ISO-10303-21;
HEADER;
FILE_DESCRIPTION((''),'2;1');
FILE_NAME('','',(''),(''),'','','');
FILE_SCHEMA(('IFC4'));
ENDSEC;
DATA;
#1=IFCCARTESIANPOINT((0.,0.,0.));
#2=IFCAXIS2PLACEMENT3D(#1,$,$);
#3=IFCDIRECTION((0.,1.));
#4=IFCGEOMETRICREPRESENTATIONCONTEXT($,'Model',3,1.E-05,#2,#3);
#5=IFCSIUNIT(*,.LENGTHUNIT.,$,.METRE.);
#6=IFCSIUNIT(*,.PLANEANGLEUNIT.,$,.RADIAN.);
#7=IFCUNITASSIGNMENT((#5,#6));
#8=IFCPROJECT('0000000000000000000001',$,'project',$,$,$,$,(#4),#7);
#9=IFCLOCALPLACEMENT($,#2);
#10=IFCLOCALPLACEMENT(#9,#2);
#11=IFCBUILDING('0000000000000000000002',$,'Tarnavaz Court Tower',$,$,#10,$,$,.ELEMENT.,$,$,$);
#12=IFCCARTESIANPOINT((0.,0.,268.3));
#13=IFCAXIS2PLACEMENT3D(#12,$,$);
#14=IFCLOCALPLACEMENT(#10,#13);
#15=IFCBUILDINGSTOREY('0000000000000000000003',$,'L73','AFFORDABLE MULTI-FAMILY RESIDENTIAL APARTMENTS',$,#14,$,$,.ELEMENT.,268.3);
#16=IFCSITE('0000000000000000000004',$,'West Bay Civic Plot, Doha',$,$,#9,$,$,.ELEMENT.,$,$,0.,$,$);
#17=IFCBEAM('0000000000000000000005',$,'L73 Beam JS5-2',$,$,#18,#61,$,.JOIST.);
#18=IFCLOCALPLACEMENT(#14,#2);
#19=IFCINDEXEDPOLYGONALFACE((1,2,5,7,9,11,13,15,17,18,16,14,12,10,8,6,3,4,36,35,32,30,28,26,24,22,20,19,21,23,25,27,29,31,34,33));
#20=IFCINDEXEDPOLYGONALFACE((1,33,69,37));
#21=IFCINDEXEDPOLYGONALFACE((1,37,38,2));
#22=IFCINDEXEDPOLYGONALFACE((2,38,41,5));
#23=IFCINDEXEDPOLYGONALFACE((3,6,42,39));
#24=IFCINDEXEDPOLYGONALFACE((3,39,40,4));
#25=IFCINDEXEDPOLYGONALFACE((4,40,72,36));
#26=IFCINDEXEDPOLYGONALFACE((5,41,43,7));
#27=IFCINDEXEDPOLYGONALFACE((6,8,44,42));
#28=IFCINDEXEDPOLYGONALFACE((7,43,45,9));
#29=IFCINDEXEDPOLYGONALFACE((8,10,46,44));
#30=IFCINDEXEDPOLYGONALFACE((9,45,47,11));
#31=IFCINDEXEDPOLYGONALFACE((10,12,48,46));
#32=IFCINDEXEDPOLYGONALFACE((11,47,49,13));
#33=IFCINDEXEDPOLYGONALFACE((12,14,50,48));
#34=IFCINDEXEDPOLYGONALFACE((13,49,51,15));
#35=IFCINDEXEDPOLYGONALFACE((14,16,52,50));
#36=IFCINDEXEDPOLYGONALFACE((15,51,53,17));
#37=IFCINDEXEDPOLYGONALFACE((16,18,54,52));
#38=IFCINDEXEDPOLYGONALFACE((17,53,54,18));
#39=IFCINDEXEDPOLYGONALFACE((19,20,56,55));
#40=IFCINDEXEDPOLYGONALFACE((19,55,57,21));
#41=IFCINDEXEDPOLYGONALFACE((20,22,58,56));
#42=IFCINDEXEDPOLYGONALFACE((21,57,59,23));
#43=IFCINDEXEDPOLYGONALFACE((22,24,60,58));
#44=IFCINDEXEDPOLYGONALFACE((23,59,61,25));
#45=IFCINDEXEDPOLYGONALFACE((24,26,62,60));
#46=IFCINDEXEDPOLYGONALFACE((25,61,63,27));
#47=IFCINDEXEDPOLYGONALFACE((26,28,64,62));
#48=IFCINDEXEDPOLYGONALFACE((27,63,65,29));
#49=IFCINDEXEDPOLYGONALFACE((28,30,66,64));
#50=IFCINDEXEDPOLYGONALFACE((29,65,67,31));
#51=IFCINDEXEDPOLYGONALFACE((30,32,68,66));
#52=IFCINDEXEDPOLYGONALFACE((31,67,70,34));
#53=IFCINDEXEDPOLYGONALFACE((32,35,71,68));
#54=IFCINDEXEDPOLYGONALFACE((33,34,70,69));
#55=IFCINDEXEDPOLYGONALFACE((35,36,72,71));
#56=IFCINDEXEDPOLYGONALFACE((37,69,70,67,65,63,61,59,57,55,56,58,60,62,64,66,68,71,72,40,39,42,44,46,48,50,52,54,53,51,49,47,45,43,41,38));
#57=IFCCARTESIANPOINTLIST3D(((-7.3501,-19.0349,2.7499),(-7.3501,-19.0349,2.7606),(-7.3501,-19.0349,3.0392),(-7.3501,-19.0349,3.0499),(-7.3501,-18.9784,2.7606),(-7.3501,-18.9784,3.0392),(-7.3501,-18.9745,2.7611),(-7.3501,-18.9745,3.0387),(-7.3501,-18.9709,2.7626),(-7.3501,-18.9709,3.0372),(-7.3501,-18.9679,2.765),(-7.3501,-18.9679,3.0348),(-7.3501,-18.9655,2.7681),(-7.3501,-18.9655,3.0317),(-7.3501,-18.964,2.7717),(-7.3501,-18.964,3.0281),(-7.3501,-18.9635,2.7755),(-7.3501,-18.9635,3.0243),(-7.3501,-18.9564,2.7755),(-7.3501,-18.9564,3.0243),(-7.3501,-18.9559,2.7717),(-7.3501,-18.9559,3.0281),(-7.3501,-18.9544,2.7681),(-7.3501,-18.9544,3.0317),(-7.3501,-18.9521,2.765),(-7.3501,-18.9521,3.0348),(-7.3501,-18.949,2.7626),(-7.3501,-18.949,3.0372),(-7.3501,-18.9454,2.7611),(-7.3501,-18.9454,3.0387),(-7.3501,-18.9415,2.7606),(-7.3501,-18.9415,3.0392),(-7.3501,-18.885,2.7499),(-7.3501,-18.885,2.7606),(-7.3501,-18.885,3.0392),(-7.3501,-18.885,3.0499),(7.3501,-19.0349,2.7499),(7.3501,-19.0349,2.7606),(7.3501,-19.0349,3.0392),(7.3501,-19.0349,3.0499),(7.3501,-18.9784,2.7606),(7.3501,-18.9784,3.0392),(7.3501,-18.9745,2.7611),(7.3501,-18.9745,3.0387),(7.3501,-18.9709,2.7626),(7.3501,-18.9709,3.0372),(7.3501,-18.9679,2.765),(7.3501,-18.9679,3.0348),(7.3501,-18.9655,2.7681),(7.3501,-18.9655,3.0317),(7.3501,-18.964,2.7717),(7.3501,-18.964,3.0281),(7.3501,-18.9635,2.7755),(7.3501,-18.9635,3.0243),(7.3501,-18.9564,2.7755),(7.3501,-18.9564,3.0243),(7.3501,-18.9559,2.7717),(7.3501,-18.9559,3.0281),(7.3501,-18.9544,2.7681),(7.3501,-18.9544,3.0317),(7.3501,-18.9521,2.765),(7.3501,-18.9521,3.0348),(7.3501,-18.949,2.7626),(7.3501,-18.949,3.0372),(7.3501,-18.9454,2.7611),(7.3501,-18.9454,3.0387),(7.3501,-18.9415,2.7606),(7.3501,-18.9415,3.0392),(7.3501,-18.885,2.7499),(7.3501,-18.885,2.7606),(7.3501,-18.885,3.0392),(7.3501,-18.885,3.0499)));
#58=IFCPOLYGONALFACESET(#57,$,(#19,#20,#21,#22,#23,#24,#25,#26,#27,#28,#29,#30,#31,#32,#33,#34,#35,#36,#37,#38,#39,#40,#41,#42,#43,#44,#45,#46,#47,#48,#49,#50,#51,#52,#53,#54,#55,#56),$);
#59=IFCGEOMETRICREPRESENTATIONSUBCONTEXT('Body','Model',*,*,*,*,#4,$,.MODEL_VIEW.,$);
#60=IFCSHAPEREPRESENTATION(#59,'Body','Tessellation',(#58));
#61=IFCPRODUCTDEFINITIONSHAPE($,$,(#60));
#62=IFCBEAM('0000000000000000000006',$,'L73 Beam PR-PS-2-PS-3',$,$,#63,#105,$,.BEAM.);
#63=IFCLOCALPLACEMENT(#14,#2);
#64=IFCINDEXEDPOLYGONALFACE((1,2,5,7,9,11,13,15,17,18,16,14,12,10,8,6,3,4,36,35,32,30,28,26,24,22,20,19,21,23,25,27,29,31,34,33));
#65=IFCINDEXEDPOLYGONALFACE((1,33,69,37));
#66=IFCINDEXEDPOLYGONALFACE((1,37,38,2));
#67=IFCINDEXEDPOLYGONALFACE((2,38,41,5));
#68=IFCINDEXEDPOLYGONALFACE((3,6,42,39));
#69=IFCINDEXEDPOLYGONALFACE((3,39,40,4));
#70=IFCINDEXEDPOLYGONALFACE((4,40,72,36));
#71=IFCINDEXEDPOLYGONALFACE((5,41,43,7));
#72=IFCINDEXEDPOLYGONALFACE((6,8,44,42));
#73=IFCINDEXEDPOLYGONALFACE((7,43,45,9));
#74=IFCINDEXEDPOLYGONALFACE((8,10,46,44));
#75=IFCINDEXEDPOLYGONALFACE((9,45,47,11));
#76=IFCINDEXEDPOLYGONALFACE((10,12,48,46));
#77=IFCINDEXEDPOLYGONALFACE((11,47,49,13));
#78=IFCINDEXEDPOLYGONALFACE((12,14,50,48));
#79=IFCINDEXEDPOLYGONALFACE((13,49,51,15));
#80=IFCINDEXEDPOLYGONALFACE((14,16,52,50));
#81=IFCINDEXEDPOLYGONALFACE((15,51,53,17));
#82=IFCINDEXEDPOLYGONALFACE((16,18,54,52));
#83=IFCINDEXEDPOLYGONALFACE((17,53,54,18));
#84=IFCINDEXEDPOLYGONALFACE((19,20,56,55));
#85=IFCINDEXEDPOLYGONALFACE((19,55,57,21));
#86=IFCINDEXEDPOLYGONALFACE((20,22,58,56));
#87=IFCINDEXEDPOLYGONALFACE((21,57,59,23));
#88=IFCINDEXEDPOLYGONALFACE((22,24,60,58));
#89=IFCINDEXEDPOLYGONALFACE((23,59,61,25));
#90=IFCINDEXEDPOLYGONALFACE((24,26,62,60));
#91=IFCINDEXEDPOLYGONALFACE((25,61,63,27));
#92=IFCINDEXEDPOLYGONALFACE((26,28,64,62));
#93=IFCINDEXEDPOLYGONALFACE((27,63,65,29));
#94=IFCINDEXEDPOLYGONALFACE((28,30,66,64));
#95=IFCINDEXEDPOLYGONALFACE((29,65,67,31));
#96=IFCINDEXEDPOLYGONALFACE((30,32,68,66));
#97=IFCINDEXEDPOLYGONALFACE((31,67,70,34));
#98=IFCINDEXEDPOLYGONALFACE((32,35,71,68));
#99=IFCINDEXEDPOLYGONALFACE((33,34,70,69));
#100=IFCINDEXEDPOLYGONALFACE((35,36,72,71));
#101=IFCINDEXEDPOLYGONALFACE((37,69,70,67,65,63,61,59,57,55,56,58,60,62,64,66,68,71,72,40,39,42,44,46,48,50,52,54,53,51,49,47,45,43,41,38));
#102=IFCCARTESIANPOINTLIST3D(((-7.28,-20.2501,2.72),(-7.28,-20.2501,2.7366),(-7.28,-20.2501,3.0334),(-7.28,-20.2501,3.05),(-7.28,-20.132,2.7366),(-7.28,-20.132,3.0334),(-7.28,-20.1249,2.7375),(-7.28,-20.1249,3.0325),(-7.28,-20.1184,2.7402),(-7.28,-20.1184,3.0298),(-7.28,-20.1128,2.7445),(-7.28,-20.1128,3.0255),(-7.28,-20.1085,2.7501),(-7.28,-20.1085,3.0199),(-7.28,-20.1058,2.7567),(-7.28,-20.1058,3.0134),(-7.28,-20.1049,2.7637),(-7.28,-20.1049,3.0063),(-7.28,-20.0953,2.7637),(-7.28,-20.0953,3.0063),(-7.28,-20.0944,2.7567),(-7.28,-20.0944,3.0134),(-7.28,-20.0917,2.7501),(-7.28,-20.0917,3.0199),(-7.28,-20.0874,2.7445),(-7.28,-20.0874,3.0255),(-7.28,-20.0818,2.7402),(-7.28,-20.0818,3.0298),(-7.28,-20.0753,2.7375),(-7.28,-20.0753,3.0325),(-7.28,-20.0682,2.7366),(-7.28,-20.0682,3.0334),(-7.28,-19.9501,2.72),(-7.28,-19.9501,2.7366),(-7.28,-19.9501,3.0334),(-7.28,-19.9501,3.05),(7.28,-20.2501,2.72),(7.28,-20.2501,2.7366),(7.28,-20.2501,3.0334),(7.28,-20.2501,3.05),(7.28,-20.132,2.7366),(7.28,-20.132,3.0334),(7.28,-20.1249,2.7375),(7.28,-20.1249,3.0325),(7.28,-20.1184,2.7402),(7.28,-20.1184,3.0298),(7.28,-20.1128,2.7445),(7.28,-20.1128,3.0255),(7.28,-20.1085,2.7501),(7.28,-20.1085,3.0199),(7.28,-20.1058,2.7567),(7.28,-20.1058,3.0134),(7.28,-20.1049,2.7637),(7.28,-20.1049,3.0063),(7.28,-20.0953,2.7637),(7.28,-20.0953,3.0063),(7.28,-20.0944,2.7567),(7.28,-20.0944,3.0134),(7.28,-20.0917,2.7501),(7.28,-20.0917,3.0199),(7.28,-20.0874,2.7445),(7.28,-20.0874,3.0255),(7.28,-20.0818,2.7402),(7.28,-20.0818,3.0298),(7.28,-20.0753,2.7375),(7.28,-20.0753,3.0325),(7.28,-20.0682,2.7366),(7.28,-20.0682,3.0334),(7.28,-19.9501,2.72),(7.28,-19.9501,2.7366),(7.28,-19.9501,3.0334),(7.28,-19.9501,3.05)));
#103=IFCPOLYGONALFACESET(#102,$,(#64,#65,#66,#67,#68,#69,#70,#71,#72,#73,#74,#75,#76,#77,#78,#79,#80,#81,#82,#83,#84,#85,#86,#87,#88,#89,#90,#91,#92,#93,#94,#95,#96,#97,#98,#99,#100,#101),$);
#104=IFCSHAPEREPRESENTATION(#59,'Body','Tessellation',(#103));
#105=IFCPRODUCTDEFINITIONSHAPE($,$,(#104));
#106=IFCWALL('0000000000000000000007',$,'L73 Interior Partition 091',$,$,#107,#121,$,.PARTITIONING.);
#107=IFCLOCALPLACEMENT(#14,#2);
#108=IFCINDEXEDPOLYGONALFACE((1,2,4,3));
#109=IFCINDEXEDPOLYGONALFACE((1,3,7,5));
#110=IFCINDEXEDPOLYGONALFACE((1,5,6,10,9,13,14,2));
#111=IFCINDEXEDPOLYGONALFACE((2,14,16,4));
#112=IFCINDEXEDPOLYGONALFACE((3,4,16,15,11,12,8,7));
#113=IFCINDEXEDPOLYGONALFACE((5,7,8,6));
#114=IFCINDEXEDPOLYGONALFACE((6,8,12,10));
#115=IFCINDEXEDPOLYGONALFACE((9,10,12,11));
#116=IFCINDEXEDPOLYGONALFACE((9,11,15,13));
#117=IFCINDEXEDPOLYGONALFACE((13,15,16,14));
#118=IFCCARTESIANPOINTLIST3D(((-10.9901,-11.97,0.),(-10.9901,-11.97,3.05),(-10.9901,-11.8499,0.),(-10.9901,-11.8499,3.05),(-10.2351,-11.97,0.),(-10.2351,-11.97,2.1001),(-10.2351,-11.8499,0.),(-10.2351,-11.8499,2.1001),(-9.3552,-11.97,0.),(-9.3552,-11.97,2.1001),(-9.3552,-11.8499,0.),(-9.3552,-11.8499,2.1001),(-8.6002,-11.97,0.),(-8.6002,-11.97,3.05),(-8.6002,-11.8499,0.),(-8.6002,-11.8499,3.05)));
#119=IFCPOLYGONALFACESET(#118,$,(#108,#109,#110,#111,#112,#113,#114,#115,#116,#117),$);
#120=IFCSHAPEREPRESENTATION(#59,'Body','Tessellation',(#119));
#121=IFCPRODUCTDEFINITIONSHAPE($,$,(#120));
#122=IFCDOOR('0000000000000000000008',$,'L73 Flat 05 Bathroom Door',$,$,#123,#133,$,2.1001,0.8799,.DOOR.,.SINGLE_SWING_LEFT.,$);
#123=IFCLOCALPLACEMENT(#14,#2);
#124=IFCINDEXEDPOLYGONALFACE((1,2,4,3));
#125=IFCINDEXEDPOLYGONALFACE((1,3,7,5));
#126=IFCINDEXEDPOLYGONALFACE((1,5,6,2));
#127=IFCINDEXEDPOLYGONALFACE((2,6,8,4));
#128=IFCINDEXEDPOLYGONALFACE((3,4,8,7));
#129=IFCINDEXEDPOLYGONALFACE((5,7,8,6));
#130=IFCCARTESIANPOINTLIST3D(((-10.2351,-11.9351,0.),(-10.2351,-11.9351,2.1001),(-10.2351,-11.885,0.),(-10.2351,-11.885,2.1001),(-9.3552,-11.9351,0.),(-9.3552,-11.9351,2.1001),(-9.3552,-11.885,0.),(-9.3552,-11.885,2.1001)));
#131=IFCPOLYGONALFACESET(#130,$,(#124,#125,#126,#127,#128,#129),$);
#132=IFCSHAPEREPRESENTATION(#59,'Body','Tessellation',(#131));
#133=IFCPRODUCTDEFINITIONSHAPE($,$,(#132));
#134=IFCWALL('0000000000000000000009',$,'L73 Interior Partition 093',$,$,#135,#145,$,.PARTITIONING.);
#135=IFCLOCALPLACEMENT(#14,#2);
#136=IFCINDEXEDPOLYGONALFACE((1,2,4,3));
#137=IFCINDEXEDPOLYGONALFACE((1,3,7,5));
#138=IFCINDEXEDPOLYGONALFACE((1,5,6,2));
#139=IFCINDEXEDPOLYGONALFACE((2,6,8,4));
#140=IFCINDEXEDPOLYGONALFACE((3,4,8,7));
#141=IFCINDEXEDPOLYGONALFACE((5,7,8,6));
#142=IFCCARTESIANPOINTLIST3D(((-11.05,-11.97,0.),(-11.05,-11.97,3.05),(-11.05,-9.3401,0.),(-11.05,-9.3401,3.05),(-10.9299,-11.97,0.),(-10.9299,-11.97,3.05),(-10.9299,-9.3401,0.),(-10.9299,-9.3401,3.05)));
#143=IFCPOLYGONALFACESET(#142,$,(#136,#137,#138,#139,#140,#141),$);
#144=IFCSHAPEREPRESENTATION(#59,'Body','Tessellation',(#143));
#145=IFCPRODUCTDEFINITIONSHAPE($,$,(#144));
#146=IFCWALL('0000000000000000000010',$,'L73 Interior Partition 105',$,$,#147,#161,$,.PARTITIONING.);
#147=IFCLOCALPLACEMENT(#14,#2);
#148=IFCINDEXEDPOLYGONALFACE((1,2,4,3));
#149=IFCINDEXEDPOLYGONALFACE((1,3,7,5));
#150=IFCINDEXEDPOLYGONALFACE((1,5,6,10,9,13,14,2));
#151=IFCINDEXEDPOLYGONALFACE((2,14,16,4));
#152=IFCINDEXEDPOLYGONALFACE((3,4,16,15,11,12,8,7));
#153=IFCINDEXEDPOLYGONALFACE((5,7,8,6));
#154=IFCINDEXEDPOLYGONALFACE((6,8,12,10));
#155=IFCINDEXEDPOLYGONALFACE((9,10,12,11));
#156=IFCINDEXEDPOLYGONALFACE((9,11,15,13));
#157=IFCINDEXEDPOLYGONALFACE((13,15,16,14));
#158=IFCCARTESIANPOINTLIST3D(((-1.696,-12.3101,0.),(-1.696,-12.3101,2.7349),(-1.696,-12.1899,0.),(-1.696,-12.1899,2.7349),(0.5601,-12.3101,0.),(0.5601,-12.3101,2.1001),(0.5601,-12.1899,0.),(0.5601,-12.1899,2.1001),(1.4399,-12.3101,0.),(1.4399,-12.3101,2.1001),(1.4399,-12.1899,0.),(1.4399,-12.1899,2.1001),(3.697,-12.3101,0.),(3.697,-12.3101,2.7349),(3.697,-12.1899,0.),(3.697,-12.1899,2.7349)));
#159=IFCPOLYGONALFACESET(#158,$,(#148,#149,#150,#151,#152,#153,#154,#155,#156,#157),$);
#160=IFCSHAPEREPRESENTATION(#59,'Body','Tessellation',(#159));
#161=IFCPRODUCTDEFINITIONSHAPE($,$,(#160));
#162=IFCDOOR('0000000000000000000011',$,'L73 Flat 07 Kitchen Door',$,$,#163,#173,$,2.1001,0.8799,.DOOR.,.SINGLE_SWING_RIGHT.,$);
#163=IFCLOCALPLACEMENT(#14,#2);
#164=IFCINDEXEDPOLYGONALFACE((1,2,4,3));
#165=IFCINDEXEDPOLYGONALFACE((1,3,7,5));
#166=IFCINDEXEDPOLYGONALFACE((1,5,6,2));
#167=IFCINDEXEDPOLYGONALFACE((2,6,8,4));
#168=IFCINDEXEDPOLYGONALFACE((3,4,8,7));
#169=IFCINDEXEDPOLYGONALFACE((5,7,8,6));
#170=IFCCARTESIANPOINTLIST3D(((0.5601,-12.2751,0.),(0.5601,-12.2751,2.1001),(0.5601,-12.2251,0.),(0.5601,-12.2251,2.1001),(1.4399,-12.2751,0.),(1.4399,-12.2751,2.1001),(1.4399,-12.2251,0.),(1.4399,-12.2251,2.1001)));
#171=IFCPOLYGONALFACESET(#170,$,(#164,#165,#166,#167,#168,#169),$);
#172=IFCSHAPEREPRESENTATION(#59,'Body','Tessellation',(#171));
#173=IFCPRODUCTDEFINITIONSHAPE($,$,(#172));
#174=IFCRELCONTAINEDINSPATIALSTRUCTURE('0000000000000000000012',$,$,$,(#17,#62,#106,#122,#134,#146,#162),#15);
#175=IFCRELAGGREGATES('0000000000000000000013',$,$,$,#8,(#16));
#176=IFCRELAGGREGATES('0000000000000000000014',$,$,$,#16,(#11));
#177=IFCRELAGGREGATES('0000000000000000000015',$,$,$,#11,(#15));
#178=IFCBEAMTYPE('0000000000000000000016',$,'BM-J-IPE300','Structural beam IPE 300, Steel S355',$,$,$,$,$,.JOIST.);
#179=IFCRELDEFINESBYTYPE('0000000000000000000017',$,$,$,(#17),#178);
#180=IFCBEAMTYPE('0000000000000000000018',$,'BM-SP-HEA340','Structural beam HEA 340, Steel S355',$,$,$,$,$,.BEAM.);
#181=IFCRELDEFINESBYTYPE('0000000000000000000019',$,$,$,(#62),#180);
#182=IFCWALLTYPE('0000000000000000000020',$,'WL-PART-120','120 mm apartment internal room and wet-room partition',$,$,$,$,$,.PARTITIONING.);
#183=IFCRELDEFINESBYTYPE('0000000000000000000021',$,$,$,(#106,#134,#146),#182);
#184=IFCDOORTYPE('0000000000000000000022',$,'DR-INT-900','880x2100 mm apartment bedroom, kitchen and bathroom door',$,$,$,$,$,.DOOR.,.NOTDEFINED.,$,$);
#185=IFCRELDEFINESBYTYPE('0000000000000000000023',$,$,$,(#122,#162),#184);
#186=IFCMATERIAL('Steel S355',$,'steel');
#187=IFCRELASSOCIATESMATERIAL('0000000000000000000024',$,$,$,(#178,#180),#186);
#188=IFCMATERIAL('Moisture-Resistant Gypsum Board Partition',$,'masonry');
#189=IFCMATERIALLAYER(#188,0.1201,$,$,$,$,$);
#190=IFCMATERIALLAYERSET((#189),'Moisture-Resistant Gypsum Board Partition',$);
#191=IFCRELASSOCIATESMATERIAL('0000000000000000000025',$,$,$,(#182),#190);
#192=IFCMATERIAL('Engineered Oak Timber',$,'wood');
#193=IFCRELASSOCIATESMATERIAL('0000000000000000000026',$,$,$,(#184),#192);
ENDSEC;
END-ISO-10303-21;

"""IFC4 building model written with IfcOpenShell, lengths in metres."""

from ifc_helpers import new_model, si_unit, direction, frame, frame_2d, origin, origin_2d, place, context, subcontext, project, spatial, rectangle, i_section, extrude, material, layer, layer_set, material_profile, profile_set, type_object, element, fill, save


model = new_model("IFC4")

# Units and contexts
model_context = context("Model", 3, precision=1e-05, world=origin(), true_north=direction((0.0, 1.0)))
body_context = subcontext(model_context, "Body", "Model", "MODEL_VIEW")
ifc_project = project(units=[si_unit("LENGTHUNIT", "METRE"), si_unit("PLANEANGLEUNIT", "RADIAN")], contexts=[model_context])

# Site, building, storey
site_placement = place(None, origin())
site = spatial("IfcSite", under=ifc_project, at=site_placement, Name="West Bay Civic Plot, Doha", CompositionType="ELEMENT", RefElevation=0.0)
building_placement = place(site_placement, origin())
building = spatial("IfcBuilding", under=site, at=building_placement, Name="Tarnavaz Court Tower", CompositionType="ELEMENT")
storey_placement = place(building_placement, frame((0.0, 0.0, 268.3)))
storey = spatial("IfcBuildingStorey", under=building, at=storey_placement, Name="L73", Description="AFFORDABLE MULTI-FAMILY RESIDENTIAL APARTMENTS", CompositionType="ELEMENT", Elevation=268.3)

# Beams
ifc_material_1 = material(Name="Steel S355", Category="steel")
ifc_material_profile_1 = material_profile(ifc_material_1, i_section(OverallWidth=0.1499, OverallDepth=0.3, WebThickness=0.0071, FlangeThickness=0.0107, FilletRadius=0.0149, at=origin_2d()), Name="IPE 300")
ifc_profile_set_1 = profile_set([ifc_material_profile_1], Name="Steel S355")
beam_type_1 = type_object("IfcBeamType", Name="BM-J-IPE300", Description="Structural beam IPE 300, Steel S355", PredefinedType="JOIST", material=ifc_profile_set_1)
for number, where, z_axis, x_axis, name in (
    (1, (-7.3501, -18.96, 2.8999), (1.0, 0.0, 0.0), (0.0, 1.0, 0.0), "L73 Beam JS5-2"),
):
    element("IfcBeam", number, at=place(storey_placement, frame(where, z_axis=z_axis, x_axis=x_axis)), inside=storey, type_object=beam_type_1, Name=name, PredefinedType="JOIST", context=body_context, shape_type="SweptSolid", body=[
        extrude(i_section(OverallWidth=0.1499, OverallDepth=0.3, WebThickness=0.0071, FlangeThickness=0.0107, FilletRadius=0.0149, at=origin_2d()), origin(), (0.0, 0.0, 1.0), 14.7002),
    ])
ifc_material_profile_2 = material_profile(ifc_material_1, i_section(OverallWidth=0.3, OverallDepth=0.3301, WebThickness=0.0095, FlangeThickness=0.0166, FilletRadius=0.0271, at=origin_2d()), Name="HEA 340")
ifc_profile_set_2 = profile_set([ifc_material_profile_2], Name="Steel S355")
beam_type_2 = type_object("IfcBeamType", Name="BM-SP-HEA340", Description="Structural beam HEA 340, Steel S355", PredefinedType="BEAM", material=ifc_profile_set_2)
beam_placement = place(storey_placement, frame((-7.28, -20.1001, 2.885), z_axis=(1.0, 0.0, 0.0), x_axis=(0.0, 1.0, 0.0)))
element("IfcBeam", 2, at=beam_placement, inside=storey, type_object=beam_type_2, Name="L73 Beam PR-PS-2-PS-3", PredefinedType="BEAM", context=body_context, shape_type="SweptSolid", body=[
    extrude(i_section(OverallWidth=0.3, OverallDepth=0.3301, WebThickness=0.0095, FlangeThickness=0.0166, FilletRadius=0.0271, at=origin_2d()), origin(), (0.0, 0.0, 1.0), 14.5601),
])

# Wall, opening, door
ifc_material_2 = material(Name="Moisture-Resistant Gypsum Board Partition", Category="masonry")
ifc_layer = layer(ifc_material_2, 0.1201)
ifc_layer_set = layer_set([ifc_layer], Name="Moisture-Resistant Gypsum Board Partition")
wall_type = type_object("IfcWallType", Name="WL-PART-120", Description="120 mm apartment internal room and wet-room partition", PredefinedType="PARTITIONING", material=ifc_layer_set)
wall_1_placement = place(storey_placement, frame((-10.99, -11.9099, 0.0), z_axis=(0.0, 0.0, 1.0), x_axis=(1.0, 0.0, 0.0)))
wall_1 = element("IfcWall", 3, at=wall_1_placement, inside=storey, type_object=wall_type, Name="L73 Interior Partition 091", PredefinedType="PARTITIONING", context=body_context, shape_type="SweptSolid", body=[
    extrude(rectangle(XDim=2.3899, YDim=0.1201, at=frame_2d((1.1948, 0.0))), origin(), (0.0, 0.0, 1.0), 3.05),
])
opening_1_placement = place(wall_1_placement, frame((0.7549, 0.0, 0.0)))
opening_1 = element("IfcOpeningElement", 4, at=opening_1_placement, cuts=wall_1, PredefinedType="OPENING", context=body_context, shape_type="SweptSolid", body=[
    extrude(rectangle(XDim=0.8799, YDim=2.1001, at=frame_2d((0.4399, 1.05))), frame((0.0, 0.0701, 0.0), z_axis=(0.0, -1.0, 0.0), x_axis=(1.0, 0.0, 0.0)), (0.0, 0.0, 1.0), 0.1401),
])
ifc_material_3 = material(Name="Engineered Oak Timber", Category="wood")
door_type = type_object("IfcDoorType", Name="DR-INT-900", Description="880x2100 mm apartment bedroom, kitchen and bathroom door", OperationType="NOTDEFINED", PredefinedType="DOOR", material=ifc_material_3)
door_1_placement = place(opening_1_placement, origin())
door_1 = element("IfcDoor", 5, at=door_1_placement, inside=storey, type_object=door_type, Name="L73 Flat 05 Bathroom Door", OperationType="SINGLE_SWING_LEFT", OverallHeight=2.1001, OverallWidth=0.8799, PredefinedType="DOOR", context=body_context, shape_type="SweptSolid", body=[
    extrude(rectangle(XDim=0.8799, YDim=2.1001, at=frame_2d((0.4399, 1.05))), frame((0.0, 0.0249, 0.0), z_axis=(0.0, -1.0, 0.0), x_axis=(1.0, 0.0, 0.0)), (0.0, 0.0, 1.0), 0.05),
])
fill(opening_1, door_1)

# Wall
wall_2_placement = place(storey_placement, frame((-10.99, -11.97, 0.0), z_axis=(0.0, 0.0, 1.0), x_axis=(0.0, 1.0, 0.0)))
element("IfcWall", 6, at=wall_2_placement, inside=storey, type_object=wall_type, Name="L73 Interior Partition 093", PredefinedType="PARTITIONING", context=body_context, shape_type="SweptSolid", body=[
    extrude(rectangle(XDim=2.6299, YDim=0.1201, at=frame_2d((1.3149, 0.0))), origin(), (0.0, 0.0, 1.0), 3.05),
])

# Wall, opening, door
wall_3_placement = place(storey_placement, frame((-1.696, -12.25, 0.0), z_axis=(0.0, 0.0, 1.0), x_axis=(1.0, 0.0, 0.0)))
wall_3 = element("IfcWall", 7, at=wall_3_placement, inside=storey, type_object=wall_type, Name="L73 Interior Partition 105", PredefinedType="PARTITIONING", context=body_context, shape_type="SweptSolid", body=[
    extrude(rectangle(XDim=5.3931, YDim=0.1201, at=frame_2d((2.6965, 0.0))), origin(), (0.0, 0.0, 1.0), 2.7349),
])
opening_2_placement = place(wall_3_placement, frame((2.2561, 0.0, 0.0)))
opening_2 = element("IfcOpeningElement", 8, at=opening_2_placement, cuts=wall_3, PredefinedType="OPENING", context=body_context, shape_type="SweptSolid", body=[
    extrude(rectangle(XDim=0.8799, YDim=2.1001, at=frame_2d((0.4399, 1.05))), frame((0.0, 0.0701, 0.0), z_axis=(0.0, -1.0, 0.0), x_axis=(1.0, 0.0, 0.0)), (0.0, 0.0, 1.0), 0.1401),
])
door_2_placement = place(opening_2_placement, origin())
door_2 = element("IfcDoor", 9, at=door_2_placement, inside=storey, type_object=door_type, Name="L73 Flat 07 Kitchen Door", OperationType="SINGLE_SWING_RIGHT", OverallHeight=2.1001, OverallWidth=0.8799, PredefinedType="DOOR", context=body_context, shape_type="SweptSolid", body=[
    extrude(rectangle(XDim=0.8799, YDim=2.1001, at=frame_2d((0.4399, 1.05))), frame((0.0, 0.0249, 0.0), z_axis=(0.0, -1.0, 0.0), x_axis=(1.0, 0.0, 0.0)), (0.0, 0.0, 1.0), 0.05),
])
fill(opening_2, door_2)

save(model, "model.ifc")
